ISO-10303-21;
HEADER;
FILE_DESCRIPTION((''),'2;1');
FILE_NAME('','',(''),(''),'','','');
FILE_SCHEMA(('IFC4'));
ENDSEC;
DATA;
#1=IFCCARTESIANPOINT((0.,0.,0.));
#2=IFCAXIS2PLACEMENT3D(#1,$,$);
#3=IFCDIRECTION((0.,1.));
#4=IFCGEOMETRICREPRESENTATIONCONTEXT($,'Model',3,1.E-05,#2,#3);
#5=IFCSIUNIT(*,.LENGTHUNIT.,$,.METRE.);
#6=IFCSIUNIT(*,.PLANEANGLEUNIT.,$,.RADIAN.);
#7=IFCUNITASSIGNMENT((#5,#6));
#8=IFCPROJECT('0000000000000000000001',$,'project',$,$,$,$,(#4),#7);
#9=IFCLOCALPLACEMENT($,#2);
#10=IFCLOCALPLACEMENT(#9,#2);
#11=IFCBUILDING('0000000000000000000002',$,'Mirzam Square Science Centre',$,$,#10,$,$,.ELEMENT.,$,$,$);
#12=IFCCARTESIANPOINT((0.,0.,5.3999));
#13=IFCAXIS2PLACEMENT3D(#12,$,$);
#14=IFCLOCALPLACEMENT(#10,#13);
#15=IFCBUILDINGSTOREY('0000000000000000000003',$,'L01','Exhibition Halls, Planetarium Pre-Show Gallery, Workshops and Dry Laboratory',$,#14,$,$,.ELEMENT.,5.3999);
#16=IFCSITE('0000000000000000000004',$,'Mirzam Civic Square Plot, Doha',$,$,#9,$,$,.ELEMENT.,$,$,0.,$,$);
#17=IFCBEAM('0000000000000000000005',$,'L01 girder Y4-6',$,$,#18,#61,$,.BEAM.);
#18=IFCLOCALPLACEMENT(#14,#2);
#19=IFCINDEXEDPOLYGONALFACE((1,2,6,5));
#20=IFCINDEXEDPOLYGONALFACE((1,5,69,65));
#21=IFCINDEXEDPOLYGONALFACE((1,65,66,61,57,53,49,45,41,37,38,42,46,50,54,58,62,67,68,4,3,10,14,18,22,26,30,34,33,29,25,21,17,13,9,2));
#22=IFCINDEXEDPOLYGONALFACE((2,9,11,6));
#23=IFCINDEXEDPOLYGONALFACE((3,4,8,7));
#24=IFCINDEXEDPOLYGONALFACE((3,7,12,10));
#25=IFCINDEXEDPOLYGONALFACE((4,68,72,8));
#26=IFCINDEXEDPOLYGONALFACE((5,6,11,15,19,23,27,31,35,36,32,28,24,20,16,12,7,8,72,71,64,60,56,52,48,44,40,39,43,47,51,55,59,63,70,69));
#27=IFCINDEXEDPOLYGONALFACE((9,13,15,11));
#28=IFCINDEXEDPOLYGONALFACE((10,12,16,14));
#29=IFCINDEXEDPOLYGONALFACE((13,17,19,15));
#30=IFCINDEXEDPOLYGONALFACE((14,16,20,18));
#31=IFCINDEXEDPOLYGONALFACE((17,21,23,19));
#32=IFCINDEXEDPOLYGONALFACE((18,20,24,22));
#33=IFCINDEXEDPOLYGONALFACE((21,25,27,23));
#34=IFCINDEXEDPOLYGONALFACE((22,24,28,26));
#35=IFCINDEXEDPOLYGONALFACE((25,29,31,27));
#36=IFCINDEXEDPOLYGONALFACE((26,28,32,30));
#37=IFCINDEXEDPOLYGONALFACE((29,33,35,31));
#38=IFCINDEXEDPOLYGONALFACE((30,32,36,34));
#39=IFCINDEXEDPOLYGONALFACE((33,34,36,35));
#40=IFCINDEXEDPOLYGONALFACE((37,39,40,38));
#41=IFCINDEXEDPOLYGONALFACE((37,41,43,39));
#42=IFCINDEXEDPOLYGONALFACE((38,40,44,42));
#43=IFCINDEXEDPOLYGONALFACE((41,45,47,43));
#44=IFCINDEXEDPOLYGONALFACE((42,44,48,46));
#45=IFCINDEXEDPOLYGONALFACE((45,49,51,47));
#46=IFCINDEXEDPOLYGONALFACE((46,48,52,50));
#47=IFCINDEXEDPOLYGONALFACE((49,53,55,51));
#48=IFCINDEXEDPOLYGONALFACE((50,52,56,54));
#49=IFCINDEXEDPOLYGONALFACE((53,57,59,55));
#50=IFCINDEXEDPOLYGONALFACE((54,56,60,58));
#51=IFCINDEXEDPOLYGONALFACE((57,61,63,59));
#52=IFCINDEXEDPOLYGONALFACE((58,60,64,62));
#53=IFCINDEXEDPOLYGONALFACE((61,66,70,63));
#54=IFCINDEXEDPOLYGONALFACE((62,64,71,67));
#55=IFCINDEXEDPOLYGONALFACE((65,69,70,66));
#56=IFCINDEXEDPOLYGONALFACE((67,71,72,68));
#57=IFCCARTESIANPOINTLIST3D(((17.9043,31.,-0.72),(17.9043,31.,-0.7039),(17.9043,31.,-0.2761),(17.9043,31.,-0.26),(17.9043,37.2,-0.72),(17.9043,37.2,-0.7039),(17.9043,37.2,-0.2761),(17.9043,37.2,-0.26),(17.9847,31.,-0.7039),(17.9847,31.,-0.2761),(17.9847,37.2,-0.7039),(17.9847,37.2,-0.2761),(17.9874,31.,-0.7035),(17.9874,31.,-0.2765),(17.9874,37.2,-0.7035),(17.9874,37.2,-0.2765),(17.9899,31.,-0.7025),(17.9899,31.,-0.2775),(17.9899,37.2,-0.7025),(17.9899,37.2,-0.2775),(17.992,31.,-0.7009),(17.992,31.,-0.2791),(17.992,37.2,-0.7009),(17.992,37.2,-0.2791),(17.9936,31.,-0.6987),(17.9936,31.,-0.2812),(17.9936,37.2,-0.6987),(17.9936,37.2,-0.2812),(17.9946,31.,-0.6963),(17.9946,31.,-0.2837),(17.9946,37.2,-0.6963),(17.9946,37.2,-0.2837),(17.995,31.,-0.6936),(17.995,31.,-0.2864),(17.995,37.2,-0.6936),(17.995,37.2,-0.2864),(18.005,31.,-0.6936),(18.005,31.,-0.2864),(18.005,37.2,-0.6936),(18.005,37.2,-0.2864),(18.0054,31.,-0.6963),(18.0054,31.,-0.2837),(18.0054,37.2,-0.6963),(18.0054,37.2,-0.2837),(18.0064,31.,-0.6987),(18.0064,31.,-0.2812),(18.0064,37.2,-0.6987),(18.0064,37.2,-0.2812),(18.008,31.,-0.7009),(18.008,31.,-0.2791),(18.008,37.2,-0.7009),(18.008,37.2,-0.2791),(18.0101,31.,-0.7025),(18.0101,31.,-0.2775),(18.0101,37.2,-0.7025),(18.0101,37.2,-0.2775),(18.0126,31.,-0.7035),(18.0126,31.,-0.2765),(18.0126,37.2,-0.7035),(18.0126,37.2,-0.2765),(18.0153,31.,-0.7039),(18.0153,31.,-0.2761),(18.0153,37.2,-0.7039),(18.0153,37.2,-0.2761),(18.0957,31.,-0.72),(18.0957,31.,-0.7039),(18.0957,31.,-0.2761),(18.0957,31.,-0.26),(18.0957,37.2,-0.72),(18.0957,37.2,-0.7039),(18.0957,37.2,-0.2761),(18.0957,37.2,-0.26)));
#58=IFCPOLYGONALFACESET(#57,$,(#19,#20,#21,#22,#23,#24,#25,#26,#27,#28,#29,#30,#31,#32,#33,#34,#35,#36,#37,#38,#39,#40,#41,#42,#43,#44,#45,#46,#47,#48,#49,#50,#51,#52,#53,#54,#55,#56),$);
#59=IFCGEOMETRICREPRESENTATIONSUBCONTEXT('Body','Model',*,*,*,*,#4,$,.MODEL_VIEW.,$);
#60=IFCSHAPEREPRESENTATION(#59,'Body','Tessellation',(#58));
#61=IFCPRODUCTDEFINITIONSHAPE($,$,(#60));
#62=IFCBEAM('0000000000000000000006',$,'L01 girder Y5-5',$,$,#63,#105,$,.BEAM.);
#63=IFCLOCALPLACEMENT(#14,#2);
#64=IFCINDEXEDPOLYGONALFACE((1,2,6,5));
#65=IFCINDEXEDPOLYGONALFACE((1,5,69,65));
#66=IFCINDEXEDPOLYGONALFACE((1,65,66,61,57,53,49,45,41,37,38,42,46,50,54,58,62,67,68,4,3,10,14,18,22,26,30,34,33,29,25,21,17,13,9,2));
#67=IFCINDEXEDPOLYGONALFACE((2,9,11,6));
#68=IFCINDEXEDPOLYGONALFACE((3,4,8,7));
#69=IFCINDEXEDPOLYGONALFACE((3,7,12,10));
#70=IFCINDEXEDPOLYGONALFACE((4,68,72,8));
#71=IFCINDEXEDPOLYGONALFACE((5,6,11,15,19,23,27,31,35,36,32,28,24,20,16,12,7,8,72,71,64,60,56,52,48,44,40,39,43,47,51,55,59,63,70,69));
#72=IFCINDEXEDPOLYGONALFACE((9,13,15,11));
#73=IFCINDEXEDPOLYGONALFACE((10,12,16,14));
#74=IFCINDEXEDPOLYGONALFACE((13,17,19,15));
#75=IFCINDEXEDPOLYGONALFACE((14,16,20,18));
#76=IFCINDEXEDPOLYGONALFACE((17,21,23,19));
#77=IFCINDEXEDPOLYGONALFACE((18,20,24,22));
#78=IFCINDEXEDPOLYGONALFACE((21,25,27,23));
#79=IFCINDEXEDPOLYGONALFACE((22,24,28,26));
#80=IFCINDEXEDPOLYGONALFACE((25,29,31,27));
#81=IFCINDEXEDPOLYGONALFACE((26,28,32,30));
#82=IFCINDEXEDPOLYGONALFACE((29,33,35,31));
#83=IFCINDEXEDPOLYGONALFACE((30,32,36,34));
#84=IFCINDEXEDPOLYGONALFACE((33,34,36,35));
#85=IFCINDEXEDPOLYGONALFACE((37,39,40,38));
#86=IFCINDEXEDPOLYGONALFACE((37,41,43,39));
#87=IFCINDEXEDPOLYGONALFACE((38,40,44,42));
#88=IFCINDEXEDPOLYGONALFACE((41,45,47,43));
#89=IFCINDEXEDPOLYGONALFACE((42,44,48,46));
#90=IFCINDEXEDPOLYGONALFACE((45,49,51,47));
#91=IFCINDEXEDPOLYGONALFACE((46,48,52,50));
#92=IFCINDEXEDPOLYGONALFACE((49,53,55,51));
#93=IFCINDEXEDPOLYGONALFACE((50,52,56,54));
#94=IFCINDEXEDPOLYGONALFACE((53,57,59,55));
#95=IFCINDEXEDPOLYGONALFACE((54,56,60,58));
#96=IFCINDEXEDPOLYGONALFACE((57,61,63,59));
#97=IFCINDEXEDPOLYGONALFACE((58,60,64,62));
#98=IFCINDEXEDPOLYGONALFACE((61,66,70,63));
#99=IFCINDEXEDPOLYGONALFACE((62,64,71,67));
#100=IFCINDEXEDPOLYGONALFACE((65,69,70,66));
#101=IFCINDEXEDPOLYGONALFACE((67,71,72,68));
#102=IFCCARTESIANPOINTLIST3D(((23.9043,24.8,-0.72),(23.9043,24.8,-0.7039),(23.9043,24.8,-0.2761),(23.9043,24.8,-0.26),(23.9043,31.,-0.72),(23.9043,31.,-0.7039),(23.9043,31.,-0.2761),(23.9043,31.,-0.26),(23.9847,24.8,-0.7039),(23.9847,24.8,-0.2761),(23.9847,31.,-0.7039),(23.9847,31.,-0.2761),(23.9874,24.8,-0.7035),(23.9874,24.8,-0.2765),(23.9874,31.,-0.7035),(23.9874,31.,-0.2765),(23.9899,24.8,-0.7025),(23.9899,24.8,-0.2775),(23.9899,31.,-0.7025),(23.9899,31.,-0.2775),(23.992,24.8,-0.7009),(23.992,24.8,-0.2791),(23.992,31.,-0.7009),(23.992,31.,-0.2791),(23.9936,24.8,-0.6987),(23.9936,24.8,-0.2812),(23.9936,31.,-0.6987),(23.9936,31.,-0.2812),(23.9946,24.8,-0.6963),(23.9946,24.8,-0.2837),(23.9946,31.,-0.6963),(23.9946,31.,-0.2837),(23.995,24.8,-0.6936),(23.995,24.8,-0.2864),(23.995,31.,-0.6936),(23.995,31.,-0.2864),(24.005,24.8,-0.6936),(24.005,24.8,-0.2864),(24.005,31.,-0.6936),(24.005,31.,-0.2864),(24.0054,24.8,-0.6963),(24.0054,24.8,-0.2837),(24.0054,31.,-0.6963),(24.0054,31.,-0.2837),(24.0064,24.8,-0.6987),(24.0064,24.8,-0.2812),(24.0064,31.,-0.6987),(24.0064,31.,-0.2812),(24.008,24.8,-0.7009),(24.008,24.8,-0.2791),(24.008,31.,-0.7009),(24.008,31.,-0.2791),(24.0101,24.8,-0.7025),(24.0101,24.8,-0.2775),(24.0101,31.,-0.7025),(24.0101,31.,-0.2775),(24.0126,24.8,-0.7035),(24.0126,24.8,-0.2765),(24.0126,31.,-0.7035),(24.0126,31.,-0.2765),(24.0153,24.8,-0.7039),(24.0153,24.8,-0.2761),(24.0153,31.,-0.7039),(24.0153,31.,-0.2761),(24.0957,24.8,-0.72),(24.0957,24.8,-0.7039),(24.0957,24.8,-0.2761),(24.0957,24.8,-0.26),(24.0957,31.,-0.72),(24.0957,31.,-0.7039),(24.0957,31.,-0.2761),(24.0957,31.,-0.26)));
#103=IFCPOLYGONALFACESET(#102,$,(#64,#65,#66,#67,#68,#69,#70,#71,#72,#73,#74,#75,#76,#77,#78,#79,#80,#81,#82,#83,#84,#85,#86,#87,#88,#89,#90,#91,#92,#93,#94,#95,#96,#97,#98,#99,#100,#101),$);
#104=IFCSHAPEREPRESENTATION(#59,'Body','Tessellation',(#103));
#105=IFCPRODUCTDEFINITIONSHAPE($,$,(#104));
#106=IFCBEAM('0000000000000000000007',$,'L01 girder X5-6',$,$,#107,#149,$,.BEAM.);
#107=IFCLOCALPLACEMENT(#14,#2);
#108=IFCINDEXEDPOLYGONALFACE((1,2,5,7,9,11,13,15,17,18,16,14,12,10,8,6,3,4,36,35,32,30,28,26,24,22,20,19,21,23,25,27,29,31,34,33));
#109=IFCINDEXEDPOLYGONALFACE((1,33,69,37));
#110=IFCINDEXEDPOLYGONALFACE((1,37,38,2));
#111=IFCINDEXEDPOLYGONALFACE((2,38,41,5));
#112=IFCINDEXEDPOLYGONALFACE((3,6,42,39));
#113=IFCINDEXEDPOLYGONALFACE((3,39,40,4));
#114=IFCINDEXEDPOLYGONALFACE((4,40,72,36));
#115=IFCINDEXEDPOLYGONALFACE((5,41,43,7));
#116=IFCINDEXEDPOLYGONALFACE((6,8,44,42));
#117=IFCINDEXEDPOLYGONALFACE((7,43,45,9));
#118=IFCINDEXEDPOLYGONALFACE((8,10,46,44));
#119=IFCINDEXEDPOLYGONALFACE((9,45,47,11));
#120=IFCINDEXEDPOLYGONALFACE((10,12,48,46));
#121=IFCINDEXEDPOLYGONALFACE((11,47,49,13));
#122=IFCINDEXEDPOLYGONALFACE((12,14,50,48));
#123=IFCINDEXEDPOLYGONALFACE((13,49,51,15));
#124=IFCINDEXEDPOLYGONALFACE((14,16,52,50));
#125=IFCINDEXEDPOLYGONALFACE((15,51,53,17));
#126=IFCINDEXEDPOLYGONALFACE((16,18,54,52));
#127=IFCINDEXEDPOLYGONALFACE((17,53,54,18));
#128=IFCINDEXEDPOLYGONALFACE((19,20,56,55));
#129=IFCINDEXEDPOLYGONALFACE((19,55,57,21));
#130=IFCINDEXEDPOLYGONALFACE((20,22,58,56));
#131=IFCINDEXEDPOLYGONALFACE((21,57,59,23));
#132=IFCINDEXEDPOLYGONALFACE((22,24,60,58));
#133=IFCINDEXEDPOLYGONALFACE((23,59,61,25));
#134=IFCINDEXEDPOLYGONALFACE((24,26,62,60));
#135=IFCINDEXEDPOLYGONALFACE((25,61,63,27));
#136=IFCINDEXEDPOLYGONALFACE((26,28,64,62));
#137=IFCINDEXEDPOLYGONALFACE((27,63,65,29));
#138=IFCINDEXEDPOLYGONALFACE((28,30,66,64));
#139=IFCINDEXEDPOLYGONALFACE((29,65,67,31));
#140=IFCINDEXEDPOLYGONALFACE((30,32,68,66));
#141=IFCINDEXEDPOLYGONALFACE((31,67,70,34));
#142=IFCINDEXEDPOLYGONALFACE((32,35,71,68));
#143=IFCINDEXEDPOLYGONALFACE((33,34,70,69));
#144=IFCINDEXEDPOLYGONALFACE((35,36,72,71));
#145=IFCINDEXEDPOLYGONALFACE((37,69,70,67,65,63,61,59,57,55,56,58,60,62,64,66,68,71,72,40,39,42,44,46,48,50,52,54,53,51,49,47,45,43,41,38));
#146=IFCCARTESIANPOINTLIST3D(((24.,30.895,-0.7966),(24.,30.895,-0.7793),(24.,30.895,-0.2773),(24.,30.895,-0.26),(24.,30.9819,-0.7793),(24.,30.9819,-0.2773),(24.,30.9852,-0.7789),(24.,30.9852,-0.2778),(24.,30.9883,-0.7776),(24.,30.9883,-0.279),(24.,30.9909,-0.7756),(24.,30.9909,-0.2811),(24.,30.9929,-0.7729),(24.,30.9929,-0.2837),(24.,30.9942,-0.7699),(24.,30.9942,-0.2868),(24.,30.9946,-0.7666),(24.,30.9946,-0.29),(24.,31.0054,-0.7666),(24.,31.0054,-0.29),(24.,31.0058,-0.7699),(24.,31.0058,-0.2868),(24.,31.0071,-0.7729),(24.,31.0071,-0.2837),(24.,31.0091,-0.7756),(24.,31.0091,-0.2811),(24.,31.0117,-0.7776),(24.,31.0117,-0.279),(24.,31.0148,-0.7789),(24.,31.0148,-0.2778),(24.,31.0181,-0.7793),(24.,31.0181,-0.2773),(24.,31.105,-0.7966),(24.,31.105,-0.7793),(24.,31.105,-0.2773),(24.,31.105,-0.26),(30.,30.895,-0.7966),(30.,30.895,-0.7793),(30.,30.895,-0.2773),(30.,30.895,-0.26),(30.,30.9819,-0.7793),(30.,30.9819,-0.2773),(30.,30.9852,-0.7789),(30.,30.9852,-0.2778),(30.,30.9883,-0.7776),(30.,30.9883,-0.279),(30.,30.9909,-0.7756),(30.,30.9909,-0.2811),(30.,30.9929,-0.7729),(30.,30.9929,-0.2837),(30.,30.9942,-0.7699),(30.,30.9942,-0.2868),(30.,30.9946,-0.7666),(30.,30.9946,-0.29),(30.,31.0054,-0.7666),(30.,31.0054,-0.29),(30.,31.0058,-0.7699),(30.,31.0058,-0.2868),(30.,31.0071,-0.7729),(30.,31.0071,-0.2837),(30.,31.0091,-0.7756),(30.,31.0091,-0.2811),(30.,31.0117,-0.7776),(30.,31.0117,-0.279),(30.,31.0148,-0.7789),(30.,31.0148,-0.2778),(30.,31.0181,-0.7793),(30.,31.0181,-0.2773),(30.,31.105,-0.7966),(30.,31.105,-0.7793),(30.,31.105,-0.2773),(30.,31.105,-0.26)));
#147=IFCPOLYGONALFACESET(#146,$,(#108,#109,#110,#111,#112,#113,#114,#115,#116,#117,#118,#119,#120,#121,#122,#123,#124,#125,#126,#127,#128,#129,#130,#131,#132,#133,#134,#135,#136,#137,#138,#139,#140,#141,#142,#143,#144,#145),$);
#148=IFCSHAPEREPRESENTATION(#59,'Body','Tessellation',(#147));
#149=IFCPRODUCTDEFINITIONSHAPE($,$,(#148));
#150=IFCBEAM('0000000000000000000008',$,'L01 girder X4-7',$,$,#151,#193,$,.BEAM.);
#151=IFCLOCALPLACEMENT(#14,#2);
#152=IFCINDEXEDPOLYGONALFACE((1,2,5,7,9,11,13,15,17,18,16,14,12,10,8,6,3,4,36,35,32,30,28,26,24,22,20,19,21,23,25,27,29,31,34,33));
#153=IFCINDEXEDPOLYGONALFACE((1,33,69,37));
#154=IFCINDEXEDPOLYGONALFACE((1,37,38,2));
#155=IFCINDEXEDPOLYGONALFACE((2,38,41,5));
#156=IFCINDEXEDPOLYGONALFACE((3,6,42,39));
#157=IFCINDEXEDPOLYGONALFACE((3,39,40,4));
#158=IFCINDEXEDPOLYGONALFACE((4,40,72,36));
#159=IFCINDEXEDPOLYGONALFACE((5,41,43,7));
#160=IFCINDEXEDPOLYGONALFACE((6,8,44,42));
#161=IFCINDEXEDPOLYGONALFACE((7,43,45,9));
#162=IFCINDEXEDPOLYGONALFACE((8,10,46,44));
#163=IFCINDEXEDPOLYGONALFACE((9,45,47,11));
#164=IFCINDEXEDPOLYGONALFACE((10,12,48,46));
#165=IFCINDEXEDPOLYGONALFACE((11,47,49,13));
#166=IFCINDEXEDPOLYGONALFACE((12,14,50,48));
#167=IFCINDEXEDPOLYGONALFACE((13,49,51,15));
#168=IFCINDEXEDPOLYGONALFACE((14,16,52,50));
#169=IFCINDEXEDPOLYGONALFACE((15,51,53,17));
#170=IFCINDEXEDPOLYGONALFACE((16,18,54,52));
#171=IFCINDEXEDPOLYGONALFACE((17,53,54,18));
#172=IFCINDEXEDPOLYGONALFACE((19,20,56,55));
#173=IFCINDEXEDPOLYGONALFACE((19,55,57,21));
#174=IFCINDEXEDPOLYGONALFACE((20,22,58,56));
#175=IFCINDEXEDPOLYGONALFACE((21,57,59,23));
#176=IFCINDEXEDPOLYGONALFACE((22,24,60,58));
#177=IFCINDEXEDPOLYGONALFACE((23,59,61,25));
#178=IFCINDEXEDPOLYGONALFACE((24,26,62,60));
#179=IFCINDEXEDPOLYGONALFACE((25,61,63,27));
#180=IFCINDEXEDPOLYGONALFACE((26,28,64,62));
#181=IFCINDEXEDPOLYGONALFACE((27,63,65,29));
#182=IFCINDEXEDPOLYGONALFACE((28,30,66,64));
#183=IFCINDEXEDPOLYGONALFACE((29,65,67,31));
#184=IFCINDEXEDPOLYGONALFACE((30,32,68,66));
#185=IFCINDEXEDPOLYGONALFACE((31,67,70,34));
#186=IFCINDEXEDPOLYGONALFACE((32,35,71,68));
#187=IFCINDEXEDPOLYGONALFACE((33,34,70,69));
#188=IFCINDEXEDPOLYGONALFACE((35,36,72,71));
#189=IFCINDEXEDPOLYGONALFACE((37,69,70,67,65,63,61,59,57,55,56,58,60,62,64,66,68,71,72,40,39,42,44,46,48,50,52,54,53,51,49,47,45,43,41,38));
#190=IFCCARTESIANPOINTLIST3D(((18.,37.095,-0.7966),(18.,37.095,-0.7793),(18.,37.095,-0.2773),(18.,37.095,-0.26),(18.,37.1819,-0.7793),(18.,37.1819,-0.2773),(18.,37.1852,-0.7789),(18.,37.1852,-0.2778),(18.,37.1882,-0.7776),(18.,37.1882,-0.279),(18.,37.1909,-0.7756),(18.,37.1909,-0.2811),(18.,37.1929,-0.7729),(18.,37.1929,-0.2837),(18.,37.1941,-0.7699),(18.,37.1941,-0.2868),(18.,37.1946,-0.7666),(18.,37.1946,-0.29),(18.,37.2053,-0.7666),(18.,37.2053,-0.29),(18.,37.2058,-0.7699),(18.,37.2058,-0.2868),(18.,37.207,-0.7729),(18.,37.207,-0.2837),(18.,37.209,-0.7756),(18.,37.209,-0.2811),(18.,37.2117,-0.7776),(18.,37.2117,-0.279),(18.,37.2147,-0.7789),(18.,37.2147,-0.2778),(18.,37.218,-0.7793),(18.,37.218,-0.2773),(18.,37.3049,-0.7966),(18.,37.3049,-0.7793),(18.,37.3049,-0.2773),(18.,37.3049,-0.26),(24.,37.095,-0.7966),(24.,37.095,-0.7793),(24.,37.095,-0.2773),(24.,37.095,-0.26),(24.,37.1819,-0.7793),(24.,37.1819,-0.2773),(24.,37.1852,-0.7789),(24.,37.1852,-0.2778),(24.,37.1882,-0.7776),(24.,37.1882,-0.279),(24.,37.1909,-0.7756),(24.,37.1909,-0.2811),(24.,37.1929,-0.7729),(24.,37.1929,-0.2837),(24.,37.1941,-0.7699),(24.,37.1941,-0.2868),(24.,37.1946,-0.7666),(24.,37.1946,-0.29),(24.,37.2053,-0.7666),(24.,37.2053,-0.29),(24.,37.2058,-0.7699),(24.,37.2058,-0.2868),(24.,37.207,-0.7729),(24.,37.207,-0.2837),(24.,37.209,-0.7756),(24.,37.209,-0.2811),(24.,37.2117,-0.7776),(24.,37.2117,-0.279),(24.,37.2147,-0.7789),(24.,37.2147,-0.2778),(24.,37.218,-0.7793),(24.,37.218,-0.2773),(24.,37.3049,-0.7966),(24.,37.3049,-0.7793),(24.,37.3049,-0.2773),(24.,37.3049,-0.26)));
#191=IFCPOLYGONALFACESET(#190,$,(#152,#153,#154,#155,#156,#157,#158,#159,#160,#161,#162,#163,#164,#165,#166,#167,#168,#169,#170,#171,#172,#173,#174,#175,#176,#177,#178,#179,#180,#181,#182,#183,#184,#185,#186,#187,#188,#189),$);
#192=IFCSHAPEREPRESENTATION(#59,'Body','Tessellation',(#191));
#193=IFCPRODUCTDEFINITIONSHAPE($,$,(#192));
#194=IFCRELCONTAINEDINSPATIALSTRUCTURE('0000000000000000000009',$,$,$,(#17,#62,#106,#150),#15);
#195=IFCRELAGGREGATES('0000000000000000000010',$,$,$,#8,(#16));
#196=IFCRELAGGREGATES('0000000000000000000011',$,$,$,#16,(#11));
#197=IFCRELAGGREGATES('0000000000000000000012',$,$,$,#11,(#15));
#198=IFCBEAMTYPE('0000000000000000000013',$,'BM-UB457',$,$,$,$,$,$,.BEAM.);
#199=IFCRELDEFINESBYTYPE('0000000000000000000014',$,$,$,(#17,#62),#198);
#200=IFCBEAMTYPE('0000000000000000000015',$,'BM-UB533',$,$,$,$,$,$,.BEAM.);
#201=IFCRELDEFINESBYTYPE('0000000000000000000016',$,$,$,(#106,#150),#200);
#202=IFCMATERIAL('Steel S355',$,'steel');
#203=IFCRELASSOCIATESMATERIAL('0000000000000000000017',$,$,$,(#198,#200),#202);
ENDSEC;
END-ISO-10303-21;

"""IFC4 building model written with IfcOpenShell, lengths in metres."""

from ifc_helpers import new_model, si_unit, direction, frame, origin, origin_2d, place, context, subcontext, project, spatial, i_section, extrude, material, material_profile, profile_set, type_object, element, save


model = new_model("IFC4")

# Units and contexts
model_context = context("Model", 3, precision=1e-05, world=origin(), true_north=direction((0.0, 1.0)))
body_context = subcontext(model_context, "Body", "Model", "MODEL_VIEW")
ifc_project = project(units=[si_unit("LENGTHUNIT", "METRE"), si_unit("PLANEANGLEUNIT", "RADIAN")], contexts=[model_context])

# Site, building, storey
site_placement = place(None, origin())
site = spatial("IfcSite", under=ifc_project, at=site_placement, Name="Mirzam Civic Square Plot, Doha", CompositionType="ELEMENT", RefElevation=0.0)
building_placement = place(site_placement, origin())
building = spatial("IfcBuilding", under=site, at=building_placement, Name="Mirzam Square Science Centre", CompositionType="ELEMENT")
storey_placement = place(building_placement, frame((0.0, 0.0, 5.3999)))
storey = spatial("IfcBuildingStorey", under=building, at=storey_placement, Name="L01", Description="Exhibition Halls, Planetarium Pre-Show Gallery, Workshops and Dry Laboratory", CompositionType="ELEMENT", Elevation=5.3999)

# Shared definitions
ifc_material_1 = material(Name="Steel S355", Category="steel")

# Beams
ifc_material_profile_1 = material_profile(ifc_material_1, i_section(OverallWidth=0.1914, OverallDepth=0.46, WebThickness=0.01, FlangeThickness=0.0161, FilletRadius=0.0103, at=origin_2d()), Name="457x191x82UB")
ifc_profile_set_1 = profile_set([ifc_material_profile_1], Name="Steel S355")
beam_type_1 = type_object("IfcBeamType", Name="BM-UB457", PredefinedType="BEAM", material=ifc_profile_set_1)
for number, where, z_axis, x_axis, name in (
    (1, (18.0, 31.0, -0.49), (0.0, 1.0, 0.0), (-1.0, 0.0, 0.0), "L01 girder Y4-6"),
    (2, (24.0, 24.8, -0.49), (0.0, 1.0, 0.0), (-1.0, 0.0, 0.0), "L01 girder Y5-5"),
):
    element("IfcBeam", number, at=place(storey_placement, frame(where, z_axis=z_axis, x_axis=x_axis)), inside=storey, type_object=beam_type_1, Name=name, PredefinedType="BEAM", context=body_context, shape_type="SweptSolid", body=[
        extrude(i_section(OverallWidth=0.1914, OverallDepth=0.46, WebThickness=0.01, FlangeThickness=0.0161, FilletRadius=0.0103, at=origin_2d()), origin(), (0.0, 0.0, 1.0), 6.2),
    ])
ifc_material_profile_2 = material_profile(ifc_material_1, i_section(OverallWidth=0.21, OverallDepth=0.5366, WebThickness=0.0107, FlangeThickness=0.0173, FilletRadius=0.0127, at=origin_2d()), Name="533x210x101UB")
ifc_profile_set_2 = profile_set([ifc_material_profile_2], Name="Steel S355")
beam_type_2 = type_object("IfcBeamType", Name="BM-UB533", PredefinedType="BEAM", material=ifc_profile_set_2)
for number, where, z_axis, x_axis, name in (
    (3, (24.0, 31.0, -0.5283), (1.0, 0.0, 0.0), (0.0, 1.0, 0.0), "L01 girder X5-6"),
    (4, (18.0, 37.2, -0.5283), (1.0, 0.0, 0.0), (0.0, 1.0, 0.0), "L01 girder X4-7"),
):
    element("IfcBeam", number, at=place(storey_placement, frame(where, z_axis=z_axis, x_axis=x_axis)), inside=storey, type_object=beam_type_2, Name=name, PredefinedType="BEAM", context=body_context, shape_type="SweptSolid", body=[
        extrude(i_section(OverallWidth=0.21, OverallDepth=0.5366, WebThickness=0.0107, FlangeThickness=0.0173, FilletRadius=0.0127, at=origin_2d()), origin(), (0.0, 0.0, 1.0), 6.0),
    ])

save(model, "model.ifc")
